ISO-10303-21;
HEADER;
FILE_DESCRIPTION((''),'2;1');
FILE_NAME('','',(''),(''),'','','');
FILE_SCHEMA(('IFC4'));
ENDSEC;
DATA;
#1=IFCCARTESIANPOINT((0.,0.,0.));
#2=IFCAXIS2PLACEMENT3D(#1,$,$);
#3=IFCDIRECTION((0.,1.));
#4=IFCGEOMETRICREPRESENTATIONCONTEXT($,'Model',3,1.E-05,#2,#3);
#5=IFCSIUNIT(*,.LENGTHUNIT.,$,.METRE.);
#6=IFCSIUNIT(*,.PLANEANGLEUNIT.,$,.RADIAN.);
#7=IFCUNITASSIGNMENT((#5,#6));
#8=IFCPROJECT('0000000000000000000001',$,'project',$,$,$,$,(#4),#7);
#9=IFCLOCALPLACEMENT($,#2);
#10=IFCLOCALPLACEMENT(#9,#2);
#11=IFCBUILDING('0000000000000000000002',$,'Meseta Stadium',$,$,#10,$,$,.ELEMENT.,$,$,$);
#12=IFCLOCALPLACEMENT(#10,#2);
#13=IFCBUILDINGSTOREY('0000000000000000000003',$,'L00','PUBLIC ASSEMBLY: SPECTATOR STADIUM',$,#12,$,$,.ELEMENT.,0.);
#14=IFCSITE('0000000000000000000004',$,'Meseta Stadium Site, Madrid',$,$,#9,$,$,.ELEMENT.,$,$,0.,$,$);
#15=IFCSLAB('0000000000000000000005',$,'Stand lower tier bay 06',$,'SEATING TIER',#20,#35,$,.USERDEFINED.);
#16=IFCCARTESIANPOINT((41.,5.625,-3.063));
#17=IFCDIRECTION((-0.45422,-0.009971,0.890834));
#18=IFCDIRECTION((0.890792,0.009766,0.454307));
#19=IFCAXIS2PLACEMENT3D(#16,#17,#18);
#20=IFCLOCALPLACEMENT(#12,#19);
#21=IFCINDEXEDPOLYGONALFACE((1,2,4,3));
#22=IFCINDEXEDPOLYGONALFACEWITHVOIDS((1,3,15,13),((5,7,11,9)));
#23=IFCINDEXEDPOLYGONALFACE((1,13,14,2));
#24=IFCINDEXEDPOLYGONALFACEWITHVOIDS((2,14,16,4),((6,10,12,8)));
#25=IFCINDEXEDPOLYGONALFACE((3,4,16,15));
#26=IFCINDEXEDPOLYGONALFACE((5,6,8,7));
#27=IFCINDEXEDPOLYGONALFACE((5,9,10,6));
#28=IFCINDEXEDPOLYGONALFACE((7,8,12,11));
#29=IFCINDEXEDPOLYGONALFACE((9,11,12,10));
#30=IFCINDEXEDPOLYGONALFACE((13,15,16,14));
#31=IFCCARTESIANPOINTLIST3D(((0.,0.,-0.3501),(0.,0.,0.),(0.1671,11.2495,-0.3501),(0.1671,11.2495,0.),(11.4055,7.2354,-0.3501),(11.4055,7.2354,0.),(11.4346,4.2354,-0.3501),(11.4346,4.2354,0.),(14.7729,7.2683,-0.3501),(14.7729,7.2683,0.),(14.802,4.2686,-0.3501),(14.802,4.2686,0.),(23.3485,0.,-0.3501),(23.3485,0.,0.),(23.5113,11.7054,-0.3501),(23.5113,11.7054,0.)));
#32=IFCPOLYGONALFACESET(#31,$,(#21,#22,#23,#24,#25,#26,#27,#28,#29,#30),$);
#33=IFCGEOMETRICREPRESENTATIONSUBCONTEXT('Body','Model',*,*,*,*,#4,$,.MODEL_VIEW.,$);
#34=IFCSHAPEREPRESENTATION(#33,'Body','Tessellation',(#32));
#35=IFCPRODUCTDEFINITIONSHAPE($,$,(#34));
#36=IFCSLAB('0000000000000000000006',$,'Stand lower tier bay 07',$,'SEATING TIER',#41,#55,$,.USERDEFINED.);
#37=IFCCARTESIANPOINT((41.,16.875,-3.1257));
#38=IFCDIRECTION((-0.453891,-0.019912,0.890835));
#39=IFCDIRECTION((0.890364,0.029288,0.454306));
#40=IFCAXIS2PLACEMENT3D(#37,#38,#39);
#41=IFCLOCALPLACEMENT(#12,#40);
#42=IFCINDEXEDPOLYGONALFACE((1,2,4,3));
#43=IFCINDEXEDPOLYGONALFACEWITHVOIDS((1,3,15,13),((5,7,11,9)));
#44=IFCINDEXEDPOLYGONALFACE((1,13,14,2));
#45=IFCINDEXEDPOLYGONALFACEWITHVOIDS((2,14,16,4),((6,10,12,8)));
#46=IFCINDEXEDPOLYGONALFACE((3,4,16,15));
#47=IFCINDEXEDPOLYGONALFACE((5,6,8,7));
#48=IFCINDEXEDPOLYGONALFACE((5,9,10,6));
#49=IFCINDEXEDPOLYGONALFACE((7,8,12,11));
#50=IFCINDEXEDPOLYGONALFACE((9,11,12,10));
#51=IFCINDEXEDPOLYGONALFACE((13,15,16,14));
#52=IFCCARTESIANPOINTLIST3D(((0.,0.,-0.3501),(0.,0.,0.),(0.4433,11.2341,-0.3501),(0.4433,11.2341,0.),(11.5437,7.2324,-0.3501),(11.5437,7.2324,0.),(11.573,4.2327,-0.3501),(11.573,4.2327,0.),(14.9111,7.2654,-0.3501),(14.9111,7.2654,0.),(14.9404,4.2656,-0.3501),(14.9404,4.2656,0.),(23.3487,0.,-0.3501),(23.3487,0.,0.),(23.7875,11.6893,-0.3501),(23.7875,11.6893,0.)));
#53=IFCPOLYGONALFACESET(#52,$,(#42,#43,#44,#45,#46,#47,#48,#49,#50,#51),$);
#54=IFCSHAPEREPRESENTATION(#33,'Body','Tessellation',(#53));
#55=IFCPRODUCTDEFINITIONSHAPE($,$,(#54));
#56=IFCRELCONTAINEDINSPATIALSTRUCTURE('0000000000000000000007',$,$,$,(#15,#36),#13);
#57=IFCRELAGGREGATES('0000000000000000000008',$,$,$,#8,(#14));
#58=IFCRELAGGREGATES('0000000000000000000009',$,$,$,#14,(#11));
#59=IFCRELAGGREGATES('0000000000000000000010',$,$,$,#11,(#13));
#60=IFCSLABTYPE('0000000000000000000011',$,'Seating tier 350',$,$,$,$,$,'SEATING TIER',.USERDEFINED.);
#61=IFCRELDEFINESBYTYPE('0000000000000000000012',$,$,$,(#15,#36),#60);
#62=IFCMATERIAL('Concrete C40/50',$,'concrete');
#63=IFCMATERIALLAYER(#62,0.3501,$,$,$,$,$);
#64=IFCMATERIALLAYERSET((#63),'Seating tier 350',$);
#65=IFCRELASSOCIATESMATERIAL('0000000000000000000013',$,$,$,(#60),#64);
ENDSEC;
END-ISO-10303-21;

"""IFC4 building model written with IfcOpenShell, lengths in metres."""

from ifc_helpers import new_model, si_unit, direction, frame, origin, place, context, subcontext, project, spatial, polyline, outline, extrude, material, layer, layer_set, type_object, element, save


model = new_model("IFC4")

# Units and contexts
model_context = context("Model", 3, precision=1e-05, world=origin(), true_north=direction((0.0, 1.0)))
body_context = subcontext(model_context, "Body", "Model", "MODEL_VIEW")
ifc_project = project(units=[si_unit("LENGTHUNIT", "METRE"), si_unit("PLANEANGLEUNIT", "RADIAN")], contexts=[model_context])

# Site, building, storey
site_placement = place(None, origin())
site = spatial("IfcSite", under=ifc_project, at=site_placement, Name="Meseta Stadium Site, Madrid", CompositionType="ELEMENT", RefElevation=0.0)
building_placement = place(site_placement, origin())
building = spatial("IfcBuilding", under=site, at=building_placement, Name="Meseta Stadium", CompositionType="ELEMENT")
storey_placement = place(building_placement, origin())
storey = spatial("IfcBuildingStorey", under=building, at=storey_placement, Name="L00", Description="PUBLIC ASSEMBLY: SPECTATOR STADIUM", CompositionType="ELEMENT", Elevation=0.0)

# Slabs
ifc_material_1 = material(Name="Concrete C40/50", Category="concrete")
ifc_layer = layer(ifc_material_1, 0.3501)
ifc_layer_set = layer_set([ifc_layer], Name="Seating tier 350")
slab_type = type_object("IfcSlabType", Name="Seating tier 350", ElementType="SEATING TIER", PredefinedType="USERDEFINED", material=ifc_layer_set)
slab_1_placement = place(storey_placement, frame((41.0, 5.625, -3.063), z_axis=(-0.45422, -0.009971, 0.890834), x_axis=(0.890792, 0.009766, 0.454307)))
element("IfcSlab", 1, at=slab_1_placement, inside=storey, type_object=slab_type, Name="Stand lower tier bay 06", ObjectType="SEATING TIER", PredefinedType="USERDEFINED", context=body_context, shape_type="SweptSolid", body=[
    extrude(outline(polyline([(0.0, 0.0), (23.3485, 0.0), (23.5113, 11.7054), (0.1671, 11.2495), (0.0, 0.0)]), holes=[polyline([(11.4346, 4.2354), (14.802, 4.2686), (14.7729, 7.2683), (11.4055, 7.2354), (11.4346, 4.2354)])]), origin(), (0.0, 0.0, -1.0), 0.3501),
])
slab_2_placement = place(storey_placement, frame((41.0, 16.875, -3.1257), z_axis=(-0.453891, -0.019912, 0.890835), x_axis=(0.890364, 0.029288, 0.454306)))
element("IfcSlab", 2, at=slab_2_placement, inside=storey, type_object=slab_type, Name="Stand lower tier bay 07", ObjectType="SEATING TIER", PredefinedType="USERDEFINED", context=body_context, shape_type="SweptSolid", body=[
    extrude(outline(polyline([(0.0, 0.0), (23.3487, 0.0), (23.7875, 11.6893), (0.4433, 11.2341), (0.0, 0.0)]), holes=[polyline([(11.573, 4.2327), (14.9404, 4.2656), (14.9111, 7.2654), (11.5437, 7.2324), (11.573, 4.2327)])]), origin(), (0.0, 0.0, -1.0), 0.3501),
])

save(model, "model.ifc")
